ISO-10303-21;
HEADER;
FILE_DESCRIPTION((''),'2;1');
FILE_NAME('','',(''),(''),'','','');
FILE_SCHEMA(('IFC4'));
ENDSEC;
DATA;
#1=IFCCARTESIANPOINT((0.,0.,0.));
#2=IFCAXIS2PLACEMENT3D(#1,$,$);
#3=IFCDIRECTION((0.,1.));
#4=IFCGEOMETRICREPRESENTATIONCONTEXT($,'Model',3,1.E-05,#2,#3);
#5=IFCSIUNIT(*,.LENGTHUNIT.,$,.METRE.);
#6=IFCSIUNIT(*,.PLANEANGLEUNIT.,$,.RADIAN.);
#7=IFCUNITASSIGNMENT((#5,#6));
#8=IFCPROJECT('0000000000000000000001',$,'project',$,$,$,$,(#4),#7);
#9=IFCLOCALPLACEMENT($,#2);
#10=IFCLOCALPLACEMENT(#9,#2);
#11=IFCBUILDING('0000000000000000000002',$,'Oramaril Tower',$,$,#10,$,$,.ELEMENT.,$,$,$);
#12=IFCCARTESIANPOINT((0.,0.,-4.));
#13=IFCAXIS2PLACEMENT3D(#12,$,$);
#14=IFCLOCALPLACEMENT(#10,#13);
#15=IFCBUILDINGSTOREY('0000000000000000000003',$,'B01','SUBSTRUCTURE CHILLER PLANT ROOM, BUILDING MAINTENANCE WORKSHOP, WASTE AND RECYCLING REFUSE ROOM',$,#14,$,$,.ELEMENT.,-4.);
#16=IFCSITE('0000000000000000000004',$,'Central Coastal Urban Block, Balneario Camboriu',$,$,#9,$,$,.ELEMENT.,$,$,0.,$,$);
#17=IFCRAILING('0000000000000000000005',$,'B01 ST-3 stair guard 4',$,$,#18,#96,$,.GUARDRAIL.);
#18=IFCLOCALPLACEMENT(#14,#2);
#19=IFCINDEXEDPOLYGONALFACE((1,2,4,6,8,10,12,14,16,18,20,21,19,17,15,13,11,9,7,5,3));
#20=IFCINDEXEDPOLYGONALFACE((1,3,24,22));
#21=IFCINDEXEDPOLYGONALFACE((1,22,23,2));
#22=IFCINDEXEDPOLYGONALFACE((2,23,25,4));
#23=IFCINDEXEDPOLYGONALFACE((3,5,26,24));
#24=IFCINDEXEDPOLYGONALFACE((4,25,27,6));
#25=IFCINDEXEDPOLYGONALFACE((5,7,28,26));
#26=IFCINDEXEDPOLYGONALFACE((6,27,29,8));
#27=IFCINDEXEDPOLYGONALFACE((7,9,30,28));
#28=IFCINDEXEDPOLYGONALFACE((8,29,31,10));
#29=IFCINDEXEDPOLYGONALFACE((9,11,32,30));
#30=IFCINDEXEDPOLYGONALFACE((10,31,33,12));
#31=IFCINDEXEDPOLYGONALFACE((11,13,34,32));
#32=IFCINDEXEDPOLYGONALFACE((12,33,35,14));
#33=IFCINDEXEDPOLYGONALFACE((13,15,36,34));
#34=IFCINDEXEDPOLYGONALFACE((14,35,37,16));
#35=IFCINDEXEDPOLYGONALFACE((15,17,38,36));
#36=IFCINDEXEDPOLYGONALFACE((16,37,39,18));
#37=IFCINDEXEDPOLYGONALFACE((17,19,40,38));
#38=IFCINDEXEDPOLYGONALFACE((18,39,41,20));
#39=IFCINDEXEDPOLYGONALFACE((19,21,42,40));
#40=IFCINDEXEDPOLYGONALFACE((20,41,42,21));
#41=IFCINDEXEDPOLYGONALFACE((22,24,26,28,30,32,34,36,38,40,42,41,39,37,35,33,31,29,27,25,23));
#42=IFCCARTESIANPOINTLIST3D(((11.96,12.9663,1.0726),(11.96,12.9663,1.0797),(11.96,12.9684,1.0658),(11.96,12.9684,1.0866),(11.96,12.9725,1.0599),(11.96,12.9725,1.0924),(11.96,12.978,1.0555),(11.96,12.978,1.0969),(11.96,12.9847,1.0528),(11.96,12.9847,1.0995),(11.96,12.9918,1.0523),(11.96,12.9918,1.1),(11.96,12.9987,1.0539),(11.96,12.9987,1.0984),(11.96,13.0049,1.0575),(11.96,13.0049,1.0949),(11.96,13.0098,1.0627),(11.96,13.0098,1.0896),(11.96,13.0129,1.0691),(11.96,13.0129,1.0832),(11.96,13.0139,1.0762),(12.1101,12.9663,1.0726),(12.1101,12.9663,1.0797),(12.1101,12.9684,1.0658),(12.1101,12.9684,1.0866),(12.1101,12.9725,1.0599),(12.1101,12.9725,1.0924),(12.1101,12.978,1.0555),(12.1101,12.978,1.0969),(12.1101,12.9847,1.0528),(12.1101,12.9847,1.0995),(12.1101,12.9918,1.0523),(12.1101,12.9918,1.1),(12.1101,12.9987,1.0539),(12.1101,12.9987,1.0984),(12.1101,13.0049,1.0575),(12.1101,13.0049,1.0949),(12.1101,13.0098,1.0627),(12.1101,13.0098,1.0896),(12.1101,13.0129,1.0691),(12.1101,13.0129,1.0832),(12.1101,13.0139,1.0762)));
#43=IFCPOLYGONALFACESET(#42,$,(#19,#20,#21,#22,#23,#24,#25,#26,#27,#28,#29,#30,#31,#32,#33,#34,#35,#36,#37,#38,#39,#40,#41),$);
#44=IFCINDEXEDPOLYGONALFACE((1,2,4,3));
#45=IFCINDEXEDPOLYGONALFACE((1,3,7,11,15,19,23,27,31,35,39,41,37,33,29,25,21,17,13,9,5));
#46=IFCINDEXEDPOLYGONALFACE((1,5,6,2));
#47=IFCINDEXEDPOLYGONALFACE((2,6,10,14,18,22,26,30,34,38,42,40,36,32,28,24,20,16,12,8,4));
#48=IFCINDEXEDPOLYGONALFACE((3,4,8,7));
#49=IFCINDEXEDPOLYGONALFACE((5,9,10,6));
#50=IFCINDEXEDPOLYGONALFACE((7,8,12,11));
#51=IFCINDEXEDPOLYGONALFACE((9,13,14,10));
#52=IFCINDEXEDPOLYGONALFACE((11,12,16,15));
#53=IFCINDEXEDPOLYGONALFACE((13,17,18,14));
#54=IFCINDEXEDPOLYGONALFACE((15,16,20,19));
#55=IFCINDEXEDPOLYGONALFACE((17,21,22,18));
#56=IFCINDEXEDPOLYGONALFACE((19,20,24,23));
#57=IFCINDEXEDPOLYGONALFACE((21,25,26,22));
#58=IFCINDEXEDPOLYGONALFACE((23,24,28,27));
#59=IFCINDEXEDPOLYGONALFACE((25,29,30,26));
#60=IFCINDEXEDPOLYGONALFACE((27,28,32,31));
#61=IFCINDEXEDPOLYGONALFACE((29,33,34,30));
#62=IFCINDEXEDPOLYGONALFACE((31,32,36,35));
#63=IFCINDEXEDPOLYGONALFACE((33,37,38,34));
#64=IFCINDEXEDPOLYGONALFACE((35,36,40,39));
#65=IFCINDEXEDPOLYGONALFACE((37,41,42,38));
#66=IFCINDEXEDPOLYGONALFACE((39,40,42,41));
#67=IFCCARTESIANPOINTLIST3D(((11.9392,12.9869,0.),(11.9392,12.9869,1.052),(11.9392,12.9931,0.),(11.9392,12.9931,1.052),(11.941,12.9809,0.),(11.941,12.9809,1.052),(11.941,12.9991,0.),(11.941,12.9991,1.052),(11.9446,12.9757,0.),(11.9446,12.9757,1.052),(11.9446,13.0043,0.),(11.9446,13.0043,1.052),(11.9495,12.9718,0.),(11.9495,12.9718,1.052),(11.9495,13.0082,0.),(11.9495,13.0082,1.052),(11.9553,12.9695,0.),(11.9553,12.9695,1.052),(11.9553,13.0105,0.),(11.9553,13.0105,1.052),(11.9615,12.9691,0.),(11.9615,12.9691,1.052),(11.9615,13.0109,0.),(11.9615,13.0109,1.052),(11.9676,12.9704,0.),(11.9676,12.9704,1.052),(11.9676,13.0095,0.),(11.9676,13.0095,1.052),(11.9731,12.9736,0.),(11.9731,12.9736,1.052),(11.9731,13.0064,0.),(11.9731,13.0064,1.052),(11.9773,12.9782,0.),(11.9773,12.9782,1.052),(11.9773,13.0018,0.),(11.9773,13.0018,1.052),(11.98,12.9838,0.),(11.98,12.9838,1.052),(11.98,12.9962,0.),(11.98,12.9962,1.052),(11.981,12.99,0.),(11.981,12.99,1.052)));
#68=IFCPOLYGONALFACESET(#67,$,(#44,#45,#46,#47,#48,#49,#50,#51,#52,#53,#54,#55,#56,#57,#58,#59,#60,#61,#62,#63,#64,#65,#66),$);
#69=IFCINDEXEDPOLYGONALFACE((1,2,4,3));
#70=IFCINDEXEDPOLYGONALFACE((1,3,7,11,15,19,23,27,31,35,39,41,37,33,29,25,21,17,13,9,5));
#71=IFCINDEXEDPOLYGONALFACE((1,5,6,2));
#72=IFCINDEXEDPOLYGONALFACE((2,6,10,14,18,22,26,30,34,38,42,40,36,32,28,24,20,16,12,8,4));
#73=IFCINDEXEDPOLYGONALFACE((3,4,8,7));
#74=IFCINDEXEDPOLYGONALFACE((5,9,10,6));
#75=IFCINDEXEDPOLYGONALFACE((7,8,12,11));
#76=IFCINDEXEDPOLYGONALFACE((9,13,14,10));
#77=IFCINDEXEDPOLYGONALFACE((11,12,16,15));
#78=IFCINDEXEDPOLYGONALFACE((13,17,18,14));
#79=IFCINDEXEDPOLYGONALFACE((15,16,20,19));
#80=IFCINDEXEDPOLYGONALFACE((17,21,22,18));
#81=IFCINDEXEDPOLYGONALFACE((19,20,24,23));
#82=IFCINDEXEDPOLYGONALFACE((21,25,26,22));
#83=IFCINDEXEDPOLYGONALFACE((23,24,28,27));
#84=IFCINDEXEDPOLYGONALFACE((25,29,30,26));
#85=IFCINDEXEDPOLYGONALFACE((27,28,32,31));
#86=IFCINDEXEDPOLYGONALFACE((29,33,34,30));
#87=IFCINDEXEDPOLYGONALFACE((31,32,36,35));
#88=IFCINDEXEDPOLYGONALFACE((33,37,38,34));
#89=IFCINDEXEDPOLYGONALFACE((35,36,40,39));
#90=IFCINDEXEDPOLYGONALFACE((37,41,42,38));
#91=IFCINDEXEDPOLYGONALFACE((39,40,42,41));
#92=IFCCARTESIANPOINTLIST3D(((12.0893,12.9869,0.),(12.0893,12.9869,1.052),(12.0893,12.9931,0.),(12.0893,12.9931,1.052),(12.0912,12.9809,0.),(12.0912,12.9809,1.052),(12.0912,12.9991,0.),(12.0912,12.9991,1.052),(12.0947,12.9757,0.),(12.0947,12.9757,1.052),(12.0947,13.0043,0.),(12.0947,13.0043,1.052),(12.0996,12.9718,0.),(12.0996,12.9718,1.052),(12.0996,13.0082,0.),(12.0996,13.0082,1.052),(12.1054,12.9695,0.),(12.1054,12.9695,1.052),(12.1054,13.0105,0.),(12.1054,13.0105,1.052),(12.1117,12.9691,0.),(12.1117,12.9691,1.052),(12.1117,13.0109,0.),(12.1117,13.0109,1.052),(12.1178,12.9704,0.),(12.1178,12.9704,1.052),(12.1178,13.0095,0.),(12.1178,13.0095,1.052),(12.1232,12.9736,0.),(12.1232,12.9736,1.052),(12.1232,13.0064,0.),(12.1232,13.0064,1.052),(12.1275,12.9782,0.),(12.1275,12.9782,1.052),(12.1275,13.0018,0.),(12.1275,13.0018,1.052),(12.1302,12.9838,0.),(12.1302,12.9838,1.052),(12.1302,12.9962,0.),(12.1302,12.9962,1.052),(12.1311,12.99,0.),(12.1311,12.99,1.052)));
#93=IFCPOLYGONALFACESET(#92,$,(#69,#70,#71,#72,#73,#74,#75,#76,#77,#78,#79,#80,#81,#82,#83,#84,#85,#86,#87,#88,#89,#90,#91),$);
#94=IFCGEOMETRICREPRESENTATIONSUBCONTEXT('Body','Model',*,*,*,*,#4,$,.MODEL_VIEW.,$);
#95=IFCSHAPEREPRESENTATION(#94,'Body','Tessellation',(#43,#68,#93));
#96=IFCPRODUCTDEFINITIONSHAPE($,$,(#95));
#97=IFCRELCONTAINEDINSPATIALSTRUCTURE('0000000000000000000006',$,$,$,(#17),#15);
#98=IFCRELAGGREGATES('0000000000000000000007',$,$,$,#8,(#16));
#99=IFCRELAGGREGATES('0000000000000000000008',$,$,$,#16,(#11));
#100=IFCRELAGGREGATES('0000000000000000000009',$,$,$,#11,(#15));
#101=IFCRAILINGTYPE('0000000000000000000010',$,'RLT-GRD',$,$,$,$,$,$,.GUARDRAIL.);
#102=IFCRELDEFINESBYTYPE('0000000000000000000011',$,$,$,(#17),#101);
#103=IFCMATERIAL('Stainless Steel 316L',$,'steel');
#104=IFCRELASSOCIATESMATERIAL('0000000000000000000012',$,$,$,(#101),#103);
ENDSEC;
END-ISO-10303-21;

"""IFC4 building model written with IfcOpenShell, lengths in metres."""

from ifc_helpers import new_model, si_unit, direction, frame, origin, origin_2d, place, context, subcontext, project, spatial, circle, extrude, material, type_object, element, save


model = new_model("IFC4")

# Units and contexts
model_context = context("Model", 3, precision=1e-05, world=origin(), true_north=direction((0.0, 1.0)))
body_context = subcontext(model_context, "Body", "Model", "MODEL_VIEW")
ifc_project = project(units=[si_unit("LENGTHUNIT", "METRE"), si_unit("PLANEANGLEUNIT", "RADIAN")], contexts=[model_context])

# Site, building, storey
site_placement = place(None, origin())
site = spatial("IfcSite", under=ifc_project, at=site_placement, Name="Central Coastal Urban Block, Balneario Camboriu", CompositionType="ELEMENT", RefElevation=0.0)
building_placement = place(site_placement, origin())
building = spatial("IfcBuilding", under=site, at=building_placement, Name="Oramaril Tower", CompositionType="ELEMENT")
storey_placement = place(building_placement, frame((0.0, 0.0, -4.0)))
storey = spatial("IfcBuildingStorey", under=building, at=storey_placement, Name="B01", Description="SUBSTRUCTURE CHILLER PLANT ROOM, BUILDING MAINTENANCE WORKSHOP, WASTE AND RECYCLING REFUSE ROOM", CompositionType="ELEMENT", Elevation=-4.0)

# Railing
ifc_material_1 = material(Name="Stainless Steel 316L", Category="steel")
railing_type_1 = type_object("IfcRailingType", Name="RLT-GRD", PredefinedType="GUARDRAIL", material=ifc_material_1)
railing_1_placement = place(storey_placement, frame((11.96, 12.99, 0.0)))
element("IfcRailing", 1, at=railing_1_placement, inside=storey, type_object=railing_type_1, Name="B01 ST-3 stair guard 4", PredefinedType="GUARDRAIL", context=body_context, shape_type="SweptSolid", body=[
    extrude(circle(Radius=0.0239, at=origin_2d()), frame((0.0, 0.0, 1.0762), z_axis=(1.0, 0.0, 0.0), x_axis=(0.0, 1.0, 0.0)), (0.0, 0.0, 1.0), 0.1501),
    extrude(circle(Radius=0.021, at=origin_2d()), origin(), (0.0, 0.0, 1.0), 1.052),
    extrude(circle(Radius=0.021, at=origin_2d()), frame((0.1501, 0.0, 0.0)), (0.0, 0.0, 1.0), 1.052),
])

save(model, "model.ifc")
